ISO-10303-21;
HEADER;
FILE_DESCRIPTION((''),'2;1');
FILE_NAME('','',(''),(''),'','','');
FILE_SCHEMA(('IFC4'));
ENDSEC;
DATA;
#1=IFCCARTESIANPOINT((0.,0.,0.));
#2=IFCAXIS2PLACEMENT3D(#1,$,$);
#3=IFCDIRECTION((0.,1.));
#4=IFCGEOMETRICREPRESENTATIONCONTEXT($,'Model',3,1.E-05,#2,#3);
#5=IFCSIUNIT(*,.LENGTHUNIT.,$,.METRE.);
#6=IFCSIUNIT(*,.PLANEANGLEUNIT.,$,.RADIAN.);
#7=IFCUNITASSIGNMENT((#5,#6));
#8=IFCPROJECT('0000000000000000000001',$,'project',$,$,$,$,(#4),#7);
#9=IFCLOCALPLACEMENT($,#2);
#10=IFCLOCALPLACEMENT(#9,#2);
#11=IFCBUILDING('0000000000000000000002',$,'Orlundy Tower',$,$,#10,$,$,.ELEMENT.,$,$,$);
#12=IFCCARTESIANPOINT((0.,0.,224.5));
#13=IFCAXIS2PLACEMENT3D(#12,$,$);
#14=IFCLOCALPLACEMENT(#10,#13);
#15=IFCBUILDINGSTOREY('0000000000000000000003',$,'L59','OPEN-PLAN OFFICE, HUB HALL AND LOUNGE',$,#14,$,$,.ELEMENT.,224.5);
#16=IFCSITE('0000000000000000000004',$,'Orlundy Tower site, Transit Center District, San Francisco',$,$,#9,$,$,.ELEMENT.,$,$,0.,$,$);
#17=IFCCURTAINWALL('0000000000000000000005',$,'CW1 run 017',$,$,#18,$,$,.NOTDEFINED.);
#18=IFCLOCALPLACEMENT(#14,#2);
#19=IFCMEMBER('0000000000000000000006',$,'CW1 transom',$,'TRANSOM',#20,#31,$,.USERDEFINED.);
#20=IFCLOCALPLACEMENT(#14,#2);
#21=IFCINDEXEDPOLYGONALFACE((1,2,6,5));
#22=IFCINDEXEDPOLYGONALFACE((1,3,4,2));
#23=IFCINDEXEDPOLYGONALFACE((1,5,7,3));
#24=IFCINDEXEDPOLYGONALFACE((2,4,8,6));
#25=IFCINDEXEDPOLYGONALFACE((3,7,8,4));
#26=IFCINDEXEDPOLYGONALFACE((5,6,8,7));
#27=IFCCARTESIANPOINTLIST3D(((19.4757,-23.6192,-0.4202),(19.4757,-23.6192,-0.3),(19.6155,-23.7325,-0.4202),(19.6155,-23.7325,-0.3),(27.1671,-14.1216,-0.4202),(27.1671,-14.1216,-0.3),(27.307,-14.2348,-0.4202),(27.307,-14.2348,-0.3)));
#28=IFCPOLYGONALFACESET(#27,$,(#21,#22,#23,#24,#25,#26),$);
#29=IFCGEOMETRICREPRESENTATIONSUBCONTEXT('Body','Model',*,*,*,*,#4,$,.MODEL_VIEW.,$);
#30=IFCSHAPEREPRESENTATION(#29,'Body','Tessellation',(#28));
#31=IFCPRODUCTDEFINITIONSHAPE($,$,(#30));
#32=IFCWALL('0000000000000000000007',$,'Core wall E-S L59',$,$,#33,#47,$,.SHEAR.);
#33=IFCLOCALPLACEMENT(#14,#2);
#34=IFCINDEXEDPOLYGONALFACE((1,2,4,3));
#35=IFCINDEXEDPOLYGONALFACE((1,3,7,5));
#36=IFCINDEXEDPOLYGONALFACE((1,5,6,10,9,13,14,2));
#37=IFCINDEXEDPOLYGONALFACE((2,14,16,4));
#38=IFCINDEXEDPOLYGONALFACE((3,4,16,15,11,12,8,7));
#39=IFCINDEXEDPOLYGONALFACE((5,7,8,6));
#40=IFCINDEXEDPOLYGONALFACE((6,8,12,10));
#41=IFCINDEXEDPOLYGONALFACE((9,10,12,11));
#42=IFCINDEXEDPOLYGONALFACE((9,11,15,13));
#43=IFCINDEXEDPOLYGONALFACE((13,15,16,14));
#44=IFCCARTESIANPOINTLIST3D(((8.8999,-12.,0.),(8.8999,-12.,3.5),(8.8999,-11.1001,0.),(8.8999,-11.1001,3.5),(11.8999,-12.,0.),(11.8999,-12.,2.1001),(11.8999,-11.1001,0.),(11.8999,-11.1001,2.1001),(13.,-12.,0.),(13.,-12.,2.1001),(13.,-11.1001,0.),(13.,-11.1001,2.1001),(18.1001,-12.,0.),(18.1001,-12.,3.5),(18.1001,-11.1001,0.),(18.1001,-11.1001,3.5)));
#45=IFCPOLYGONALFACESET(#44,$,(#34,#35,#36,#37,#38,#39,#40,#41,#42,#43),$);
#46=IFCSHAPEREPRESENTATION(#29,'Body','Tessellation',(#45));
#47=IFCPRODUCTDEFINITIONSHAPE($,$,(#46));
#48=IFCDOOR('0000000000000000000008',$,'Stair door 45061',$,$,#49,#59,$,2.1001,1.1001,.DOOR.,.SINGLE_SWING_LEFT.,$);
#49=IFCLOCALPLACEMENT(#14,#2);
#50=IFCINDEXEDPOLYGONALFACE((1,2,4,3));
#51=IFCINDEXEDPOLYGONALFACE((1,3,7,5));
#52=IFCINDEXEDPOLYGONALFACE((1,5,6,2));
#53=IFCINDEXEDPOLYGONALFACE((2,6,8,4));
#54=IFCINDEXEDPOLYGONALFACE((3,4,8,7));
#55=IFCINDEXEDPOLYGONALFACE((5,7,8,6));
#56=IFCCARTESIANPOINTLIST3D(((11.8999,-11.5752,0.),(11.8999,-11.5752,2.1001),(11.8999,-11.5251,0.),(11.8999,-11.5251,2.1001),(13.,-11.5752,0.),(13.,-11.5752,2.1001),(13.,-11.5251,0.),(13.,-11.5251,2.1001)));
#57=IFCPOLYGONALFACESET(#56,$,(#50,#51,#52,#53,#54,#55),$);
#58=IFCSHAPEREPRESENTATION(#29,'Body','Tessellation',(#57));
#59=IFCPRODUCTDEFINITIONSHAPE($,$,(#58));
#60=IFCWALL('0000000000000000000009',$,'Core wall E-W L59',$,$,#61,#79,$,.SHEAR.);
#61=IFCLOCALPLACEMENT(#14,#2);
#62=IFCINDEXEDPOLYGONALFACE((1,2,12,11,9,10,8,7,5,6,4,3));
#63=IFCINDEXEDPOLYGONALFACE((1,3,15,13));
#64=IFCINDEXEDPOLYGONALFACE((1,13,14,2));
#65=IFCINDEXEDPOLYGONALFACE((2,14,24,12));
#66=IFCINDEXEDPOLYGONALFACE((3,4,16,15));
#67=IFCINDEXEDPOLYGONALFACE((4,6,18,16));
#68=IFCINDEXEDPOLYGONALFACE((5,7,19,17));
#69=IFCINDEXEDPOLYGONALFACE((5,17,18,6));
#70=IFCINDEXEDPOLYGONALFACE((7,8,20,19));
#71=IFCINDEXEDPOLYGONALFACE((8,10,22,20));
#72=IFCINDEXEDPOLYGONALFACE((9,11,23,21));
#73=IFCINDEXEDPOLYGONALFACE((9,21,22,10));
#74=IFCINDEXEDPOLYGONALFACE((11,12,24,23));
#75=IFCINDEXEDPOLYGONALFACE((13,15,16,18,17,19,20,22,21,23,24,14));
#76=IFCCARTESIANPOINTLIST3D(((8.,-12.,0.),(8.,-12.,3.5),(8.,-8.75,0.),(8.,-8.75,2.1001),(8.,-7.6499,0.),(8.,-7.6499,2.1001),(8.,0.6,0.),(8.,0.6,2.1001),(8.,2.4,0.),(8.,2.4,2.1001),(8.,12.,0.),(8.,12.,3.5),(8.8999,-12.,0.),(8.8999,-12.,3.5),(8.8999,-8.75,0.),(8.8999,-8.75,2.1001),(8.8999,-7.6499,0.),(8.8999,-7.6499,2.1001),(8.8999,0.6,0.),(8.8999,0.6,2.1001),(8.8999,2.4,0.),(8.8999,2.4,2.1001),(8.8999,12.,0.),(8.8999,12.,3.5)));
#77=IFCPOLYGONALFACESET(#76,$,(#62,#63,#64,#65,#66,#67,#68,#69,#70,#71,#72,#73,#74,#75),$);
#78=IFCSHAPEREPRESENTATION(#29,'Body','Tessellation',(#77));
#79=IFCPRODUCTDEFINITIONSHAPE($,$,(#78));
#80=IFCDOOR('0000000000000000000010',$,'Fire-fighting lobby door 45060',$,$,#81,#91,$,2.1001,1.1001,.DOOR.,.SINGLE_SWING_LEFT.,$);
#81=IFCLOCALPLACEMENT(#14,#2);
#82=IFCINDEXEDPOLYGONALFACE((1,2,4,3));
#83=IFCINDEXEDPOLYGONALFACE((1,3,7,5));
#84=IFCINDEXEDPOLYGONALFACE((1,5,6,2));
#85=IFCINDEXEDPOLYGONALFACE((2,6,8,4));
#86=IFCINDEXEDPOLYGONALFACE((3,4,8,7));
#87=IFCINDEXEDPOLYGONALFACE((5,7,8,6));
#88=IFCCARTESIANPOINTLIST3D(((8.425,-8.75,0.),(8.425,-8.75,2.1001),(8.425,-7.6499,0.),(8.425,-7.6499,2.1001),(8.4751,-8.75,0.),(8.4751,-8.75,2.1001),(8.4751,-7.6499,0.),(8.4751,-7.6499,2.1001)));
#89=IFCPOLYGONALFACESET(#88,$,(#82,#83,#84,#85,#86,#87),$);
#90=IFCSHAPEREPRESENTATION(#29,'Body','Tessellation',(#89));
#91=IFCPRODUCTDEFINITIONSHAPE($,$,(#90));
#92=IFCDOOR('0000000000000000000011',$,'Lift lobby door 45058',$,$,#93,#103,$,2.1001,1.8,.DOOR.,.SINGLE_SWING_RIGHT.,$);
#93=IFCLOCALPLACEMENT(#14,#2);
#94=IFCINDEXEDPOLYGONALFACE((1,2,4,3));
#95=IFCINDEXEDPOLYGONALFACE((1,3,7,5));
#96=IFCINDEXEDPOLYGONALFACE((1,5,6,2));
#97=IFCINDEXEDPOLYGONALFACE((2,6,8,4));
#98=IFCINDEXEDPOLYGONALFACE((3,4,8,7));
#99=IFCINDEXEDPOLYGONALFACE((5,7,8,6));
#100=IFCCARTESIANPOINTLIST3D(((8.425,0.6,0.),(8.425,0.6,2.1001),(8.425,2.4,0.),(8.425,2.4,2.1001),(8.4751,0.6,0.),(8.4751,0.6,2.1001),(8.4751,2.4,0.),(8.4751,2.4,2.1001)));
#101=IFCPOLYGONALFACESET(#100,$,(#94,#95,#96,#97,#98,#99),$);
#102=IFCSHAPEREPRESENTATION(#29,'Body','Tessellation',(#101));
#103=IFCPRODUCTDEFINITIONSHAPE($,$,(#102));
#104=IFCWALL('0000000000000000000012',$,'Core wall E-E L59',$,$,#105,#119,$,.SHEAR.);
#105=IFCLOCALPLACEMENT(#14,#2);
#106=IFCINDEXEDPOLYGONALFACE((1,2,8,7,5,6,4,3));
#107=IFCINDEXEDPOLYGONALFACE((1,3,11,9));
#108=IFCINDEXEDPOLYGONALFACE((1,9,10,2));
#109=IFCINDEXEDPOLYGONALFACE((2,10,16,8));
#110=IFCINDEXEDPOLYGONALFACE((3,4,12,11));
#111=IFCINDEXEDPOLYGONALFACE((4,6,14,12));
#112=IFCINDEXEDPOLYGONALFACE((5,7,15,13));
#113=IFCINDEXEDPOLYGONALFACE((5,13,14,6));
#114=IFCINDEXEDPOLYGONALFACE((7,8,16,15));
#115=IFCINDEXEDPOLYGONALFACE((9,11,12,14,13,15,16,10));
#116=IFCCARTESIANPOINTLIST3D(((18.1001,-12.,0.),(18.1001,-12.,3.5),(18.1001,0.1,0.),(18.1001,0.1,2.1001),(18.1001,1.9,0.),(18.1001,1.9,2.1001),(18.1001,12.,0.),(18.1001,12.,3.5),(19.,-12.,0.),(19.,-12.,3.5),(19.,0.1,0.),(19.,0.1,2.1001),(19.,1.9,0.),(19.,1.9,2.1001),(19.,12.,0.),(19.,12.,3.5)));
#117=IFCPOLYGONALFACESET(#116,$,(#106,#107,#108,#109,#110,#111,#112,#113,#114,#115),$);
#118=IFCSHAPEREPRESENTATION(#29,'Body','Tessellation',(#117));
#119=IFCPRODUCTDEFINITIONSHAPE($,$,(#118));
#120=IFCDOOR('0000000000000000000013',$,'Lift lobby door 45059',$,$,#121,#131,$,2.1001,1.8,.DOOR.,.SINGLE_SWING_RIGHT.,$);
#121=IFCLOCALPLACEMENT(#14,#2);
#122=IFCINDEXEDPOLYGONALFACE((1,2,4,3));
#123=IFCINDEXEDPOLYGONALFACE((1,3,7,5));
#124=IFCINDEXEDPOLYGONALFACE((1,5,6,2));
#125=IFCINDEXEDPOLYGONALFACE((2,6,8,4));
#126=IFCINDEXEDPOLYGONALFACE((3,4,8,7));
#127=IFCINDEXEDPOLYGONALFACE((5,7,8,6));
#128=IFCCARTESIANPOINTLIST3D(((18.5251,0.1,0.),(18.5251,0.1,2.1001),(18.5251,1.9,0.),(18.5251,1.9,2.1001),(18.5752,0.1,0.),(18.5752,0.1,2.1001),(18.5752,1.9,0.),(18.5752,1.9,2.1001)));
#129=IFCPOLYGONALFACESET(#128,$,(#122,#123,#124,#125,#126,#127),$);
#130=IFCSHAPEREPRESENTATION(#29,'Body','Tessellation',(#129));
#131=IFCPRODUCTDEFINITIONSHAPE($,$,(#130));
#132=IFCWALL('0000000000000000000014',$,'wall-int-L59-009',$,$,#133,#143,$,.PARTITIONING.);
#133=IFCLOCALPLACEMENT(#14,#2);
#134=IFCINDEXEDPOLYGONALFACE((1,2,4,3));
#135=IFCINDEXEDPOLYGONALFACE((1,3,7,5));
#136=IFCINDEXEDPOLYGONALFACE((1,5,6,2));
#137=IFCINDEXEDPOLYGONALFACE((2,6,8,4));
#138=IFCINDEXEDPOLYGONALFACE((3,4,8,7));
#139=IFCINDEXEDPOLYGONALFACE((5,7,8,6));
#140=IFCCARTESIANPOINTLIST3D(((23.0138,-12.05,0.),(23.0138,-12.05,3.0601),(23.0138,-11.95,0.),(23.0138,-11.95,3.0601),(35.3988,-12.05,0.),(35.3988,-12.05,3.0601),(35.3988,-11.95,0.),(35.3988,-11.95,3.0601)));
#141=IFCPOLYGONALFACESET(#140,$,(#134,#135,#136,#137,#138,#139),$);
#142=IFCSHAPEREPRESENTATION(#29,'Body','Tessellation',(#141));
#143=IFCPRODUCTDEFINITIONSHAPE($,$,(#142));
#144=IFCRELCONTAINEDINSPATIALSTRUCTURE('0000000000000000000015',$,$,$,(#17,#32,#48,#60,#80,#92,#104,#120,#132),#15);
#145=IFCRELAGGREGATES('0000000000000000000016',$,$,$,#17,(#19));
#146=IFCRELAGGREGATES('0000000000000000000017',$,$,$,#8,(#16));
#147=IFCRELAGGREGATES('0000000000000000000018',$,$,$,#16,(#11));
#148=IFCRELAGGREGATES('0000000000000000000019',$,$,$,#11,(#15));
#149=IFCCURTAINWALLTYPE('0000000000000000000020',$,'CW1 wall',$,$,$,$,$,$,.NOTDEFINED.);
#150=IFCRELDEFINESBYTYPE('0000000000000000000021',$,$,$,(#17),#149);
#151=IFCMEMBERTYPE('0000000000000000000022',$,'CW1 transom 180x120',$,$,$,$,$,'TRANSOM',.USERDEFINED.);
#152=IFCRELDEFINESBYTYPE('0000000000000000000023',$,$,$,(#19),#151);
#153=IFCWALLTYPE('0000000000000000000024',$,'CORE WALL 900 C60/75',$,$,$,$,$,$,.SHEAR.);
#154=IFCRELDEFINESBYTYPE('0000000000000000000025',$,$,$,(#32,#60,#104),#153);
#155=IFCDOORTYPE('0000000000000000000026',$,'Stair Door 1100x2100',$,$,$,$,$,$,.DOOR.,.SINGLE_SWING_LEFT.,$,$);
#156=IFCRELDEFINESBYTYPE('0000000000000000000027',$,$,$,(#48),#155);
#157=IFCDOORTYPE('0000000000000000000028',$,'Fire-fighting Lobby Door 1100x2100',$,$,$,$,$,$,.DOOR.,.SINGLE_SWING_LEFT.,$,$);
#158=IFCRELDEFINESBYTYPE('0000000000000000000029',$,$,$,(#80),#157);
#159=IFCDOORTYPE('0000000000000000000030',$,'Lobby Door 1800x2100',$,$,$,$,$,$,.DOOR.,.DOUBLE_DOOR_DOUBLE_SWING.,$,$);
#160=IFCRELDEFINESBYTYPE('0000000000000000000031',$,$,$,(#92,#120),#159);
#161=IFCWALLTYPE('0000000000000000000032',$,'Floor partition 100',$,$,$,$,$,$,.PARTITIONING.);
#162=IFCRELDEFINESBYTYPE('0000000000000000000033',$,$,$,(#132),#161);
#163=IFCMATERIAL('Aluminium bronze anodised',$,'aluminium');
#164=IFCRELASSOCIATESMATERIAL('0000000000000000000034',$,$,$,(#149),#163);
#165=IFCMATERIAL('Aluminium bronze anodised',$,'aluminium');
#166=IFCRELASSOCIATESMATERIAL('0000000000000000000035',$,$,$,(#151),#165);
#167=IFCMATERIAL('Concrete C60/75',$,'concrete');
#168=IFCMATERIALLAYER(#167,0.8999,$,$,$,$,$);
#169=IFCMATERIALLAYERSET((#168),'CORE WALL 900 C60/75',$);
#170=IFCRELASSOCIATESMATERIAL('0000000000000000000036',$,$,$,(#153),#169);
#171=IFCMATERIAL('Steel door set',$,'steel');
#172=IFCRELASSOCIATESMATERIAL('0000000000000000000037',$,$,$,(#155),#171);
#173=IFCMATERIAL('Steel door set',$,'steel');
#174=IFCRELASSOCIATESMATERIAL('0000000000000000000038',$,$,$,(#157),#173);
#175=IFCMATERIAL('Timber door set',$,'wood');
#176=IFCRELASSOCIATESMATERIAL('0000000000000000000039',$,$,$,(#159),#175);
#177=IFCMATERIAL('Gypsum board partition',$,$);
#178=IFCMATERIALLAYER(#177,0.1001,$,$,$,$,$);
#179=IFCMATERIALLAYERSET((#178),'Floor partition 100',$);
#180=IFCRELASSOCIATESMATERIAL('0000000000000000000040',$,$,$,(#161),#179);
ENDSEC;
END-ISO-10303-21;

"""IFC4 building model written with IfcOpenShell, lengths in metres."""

from ifc_helpers import new_model, si_unit, direction, frame, frame_2d, origin, origin_2d, place, context, subcontext, project, spatial, rectangle, extrude, material, layer, layer_set, material_profile, profile_set, type_object, element, fill, aggregate, save


model = new_model("IFC4")

# Units and contexts
model_context = context("Model", 3, precision=1e-05, world=origin(), true_north=direction((0.0, 1.0)))
body_context = subcontext(model_context, "Body", "Model", "MODEL_VIEW")
ifc_project = project(units=[si_unit("LENGTHUNIT", "METRE"), si_unit("PLANEANGLEUNIT", "RADIAN")], contexts=[model_context])

# Site, building, storey
site_placement = place(None, origin())
site = spatial("IfcSite", under=ifc_project, at=site_placement, Name="Orlundy Tower site, Transit Center District, San Francisco", CompositionType="ELEMENT", RefElevation=0.0)
building_placement = place(site_placement, origin())
building = spatial("IfcBuilding", under=site, at=building_placement, Name="Orlundy Tower", CompositionType="ELEMENT")
storey_placement = place(building_placement, frame((0.0, 0.0, 224.5)))
storey = spatial("IfcBuildingStorey", under=building, at=storey_placement, Name="L59", Description="OPEN-PLAN OFFICE, HUB HALL AND LOUNGE", CompositionType="ELEMENT", Elevation=224.5)

# Curtain wall, member
ifc_material_1 = material(Name="Aluminium bronze anodised", Category="aluminium")
curtain_wall_type = type_object("IfcCurtainWallType", Name="CW1 wall", PredefinedType="NOTDEFINED", material=ifc_material_1)
curtain_wall_placement = place(storey_placement, origin())
curtain_wall = element("IfcCurtainWall", 1, at=curtain_wall_placement, inside=storey, type_object=curtain_wall_type, Name="CW1 run 017", PredefinedType="NOTDEFINED")
ifc_material_2 = material(Name="Aluminium bronze anodised", Category="aluminium")
ifc_material_profile = material_profile(ifc_material_2, rectangle(XDim=0.1799, YDim=0.1201, at=origin_2d()), Name="CW1 transom 180x120")
ifc_profile_set = profile_set([ifc_material_profile], Name="Aluminium bronze anodised")
member_type = type_object("IfcMemberType", Name="CW1 transom 180x120", ElementType="TRANSOM", PredefinedType="USERDEFINED", material=ifc_profile_set)
member_placement = place(storey_placement, frame((27.2371, -14.1782, -0.3601), z_axis=(-0.629342, -0.777129, 0.0), x_axis=(0.777129, -0.629342, 0.0)))
member = element("IfcMember", 2, at=member_placement, type_object=member_type, Name="CW1 transom", ObjectType="TRANSOM", PredefinedType="USERDEFINED", context=body_context, shape_type="SweptSolid", body=[
    extrude(rectangle(XDim=0.1799, YDim=0.1201, at=origin_2d()), origin(), (0.0, 0.0, 1.0), 12.2214),
])
aggregate(curtain_wall, [member])

# Wall, opening, door
ifc_material_3 = material(Name="Concrete C60/75", Category="concrete")
ifc_layer_1 = layer(ifc_material_3, 0.8999)
ifc_layer_set_1 = layer_set([ifc_layer_1], Name="CORE WALL 900 C60/75")
wall_type_1 = type_object("IfcWallType", Name="CORE WALL 900 C60/75", PredefinedType="SHEAR", material=ifc_layer_set_1)
wall_1_placement = place(storey_placement, frame((8.8999, -11.55, 0.0), z_axis=(0.0, 0.0, 1.0), x_axis=(1.0, 0.0, 0.0)))
wall_1 = element("IfcWall", 3, at=wall_1_placement, inside=storey, type_object=wall_type_1, Name="Core wall E-S L59", PredefinedType="SHEAR", context=body_context, shape_type="SweptSolid", body=[
    extrude(rectangle(XDim=9.2002, YDim=0.8999, at=frame_2d((4.6001, 0.0))), origin(), (0.0, 0.0, 1.0), 3.5),
])
opening_1_placement = place(wall_1_placement, frame((3.0, 0.0, 0.0)))
opening_1 = element("IfcOpeningElement", 4, at=opening_1_placement, cuts=wall_1, PredefinedType="OPENING", context=body_context, shape_type="SweptSolid", body=[
    extrude(rectangle(XDim=1.1001, YDim=2.1001, at=frame_2d((0.55, 1.05))), frame((0.0, 0.46, 0.0), z_axis=(0.0, -1.0, 0.0), x_axis=(1.0, 0.0, 0.0)), (0.0, 0.0, 1.0), 0.9199),
])
ifc_material_4 = material(Name="Steel door set", Category="steel")
door_type_1 = type_object("IfcDoorType", Name="Stair Door 1100x2100", OperationType="SINGLE_SWING_LEFT", PredefinedType="DOOR", material=ifc_material_4)
door_1_placement = place(opening_1_placement, origin())
door_1 = element("IfcDoor", 5, at=door_1_placement, inside=storey, type_object=door_type_1, Name="Stair door 45061", OperationType="SINGLE_SWING_LEFT", OverallHeight=2.1001, OverallWidth=1.1001, PredefinedType="DOOR", context=body_context, shape_type="SweptSolid", body=[
    extrude(rectangle(XDim=1.1001, YDim=2.1001, at=frame_2d((0.55, 1.05))), frame((0.0, 0.0249, 0.0), z_axis=(0.0, -1.0, 0.0), x_axis=(1.0, 0.0, 0.0)), (0.0, 0.0, 1.0), 0.05),
])
fill(opening_1, door_1)

# Wall, openings, doors
wall_2_placement = place(storey_placement, frame((8.45, -12.0, 0.0), z_axis=(0.0, 0.0, 1.0), x_axis=(0.0, 1.0, 0.0)))
wall_2 = element("IfcWall", 6, at=wall_2_placement, inside=storey, type_object=wall_type_1, Name="Core wall E-W L59", PredefinedType="SHEAR", context=body_context, shape_type="SweptSolid", body=[
    extrude(rectangle(XDim=24.0, YDim=0.8999, at=frame_2d((12.0, 0.0))), origin(), (0.0, 0.0, 1.0), 3.5),
])
opening_2_placement = place(wall_2_placement, frame((12.6001, 0.0, 0.0)))
opening_2 = element("IfcOpeningElement", 7, at=opening_2_placement, cuts=wall_2, PredefinedType="OPENING", context=body_context, shape_type="SweptSolid", body=[
    extrude(rectangle(XDim=1.8, YDim=2.1001, at=frame_2d((0.8999, 1.05))), frame((0.0, 0.46, 0.0), z_axis=(0.0, -1.0, 0.0), x_axis=(1.0, 0.0, 0.0)), (0.0, 0.0, 1.0), 0.9199),
])
opening_3_placement = place(wall_2_placement, frame((3.25, 0.0, 0.0)))
opening_3 = element("IfcOpeningElement", 8, at=opening_3_placement, cuts=wall_2, PredefinedType="OPENING", context=body_context, shape_type="SweptSolid", body=[
    extrude(rectangle(XDim=1.1001, YDim=2.1001, at=frame_2d((0.55, 1.05))), frame((0.0, 0.46, 0.0), z_axis=(0.0, -1.0, 0.0), x_axis=(1.0, 0.0, 0.0)), (0.0, 0.0, 1.0), 0.9199),
])
ifc_material_5 = material(Name="Steel door set", Category="steel")
door_type_2 = type_object("IfcDoorType", Name="Fire-fighting Lobby Door 1100x2100", OperationType="SINGLE_SWING_LEFT", PredefinedType="DOOR", material=ifc_material_5)
door_2_placement = place(opening_3_placement, origin())
door_2 = element("IfcDoor", 9, at=door_2_placement, inside=storey, type_object=door_type_2, Name="Fire-fighting lobby door 45060", OperationType="SINGLE_SWING_LEFT", OverallHeight=2.1001, OverallWidth=1.1001, PredefinedType="DOOR", context=body_context, shape_type="SweptSolid", body=[
    extrude(rectangle(XDim=1.1001, YDim=2.1001, at=frame_2d((0.55, 1.05))), frame((0.0, 0.0249, 0.0), z_axis=(0.0, -1.0, 0.0), x_axis=(1.0, 0.0, 0.0)), (0.0, 0.0, 1.0), 0.05),
])
fill(opening_3, door_2)
ifc_material_6 = material(Name="Timber door set", Category="wood")
door_type_3 = type_object("IfcDoorType", Name="Lobby Door 1800x2100", OperationType="DOUBLE_DOOR_DOUBLE_SWING", PredefinedType="DOOR", material=ifc_material_6)
door_3_placement = place(opening_2_placement, origin())
door_3 = element("IfcDoor", 10, at=door_3_placement, inside=storey, type_object=door_type_3, Name="Lift lobby door 45058", OperationType="SINGLE_SWING_RIGHT", OverallHeight=2.1001, OverallWidth=1.8, PredefinedType="DOOR", context=body_context, shape_type="SweptSolid", body=[
    extrude(rectangle(XDim=1.8, YDim=2.1001, at=frame_2d((0.8999, 1.05))), frame((0.0, 0.0249, 0.0), z_axis=(0.0, -1.0, 0.0), x_axis=(1.0, 0.0, 0.0)), (0.0, 0.0, 1.0), 0.05),
])
fill(opening_2, door_3)

# Wall, opening, door
wall_3_placement = place(storey_placement, frame((18.55, -12.0, 0.0), z_axis=(0.0, 0.0, 1.0), x_axis=(0.0, 1.0, 0.0)))
wall_3 = element("IfcWall", 11, at=wall_3_placement, inside=storey, type_object=wall_type_1, Name="Core wall E-E L59", PredefinedType="SHEAR", context=body_context, shape_type="SweptSolid", body=[
    extrude(rectangle(XDim=24.0, YDim=0.8999, at=frame_2d((12.0, 0.0))), origin(), (0.0, 0.0, 1.0), 3.5),
])
opening_4_placement = place(wall_3_placement, frame((12.1001, 0.0, 0.0)))
opening_4 = element("IfcOpeningElement", 12, at=opening_4_placement, cuts=wall_3, PredefinedType="OPENING", context=body_context, shape_type="SweptSolid", body=[
    extrude(rectangle(XDim=1.8, YDim=2.1001, at=frame_2d((0.8999, 1.05))), frame((0.0, 0.46, 0.0), z_axis=(0.0, -1.0, 0.0), x_axis=(1.0, 0.0, 0.0)), (0.0, 0.0, 1.0), 0.9199),
])
door_4_placement = place(opening_4_placement, origin())
door_4 = element("IfcDoor", 13, at=door_4_placement, inside=storey, type_object=door_type_3, Name="Lift lobby door 45059", OperationType="SINGLE_SWING_RIGHT", OverallHeight=2.1001, OverallWidth=1.8, PredefinedType="DOOR", context=body_context, shape_type="SweptSolid", body=[
    extrude(rectangle(XDim=1.8, YDim=2.1001, at=frame_2d((0.8999, 1.05))), frame((0.0, 0.0249, 0.0), z_axis=(0.0, -1.0, 0.0), x_axis=(1.0, 0.0, 0.0)), (0.0, 0.0, 1.0), 0.05),
])
fill(opening_4, door_4)

# Wall
ifc_material_7 = material(Name="Gypsum board partition")
ifc_layer_2 = layer(ifc_material_7, 0.1001)
ifc_layer_set_2 = layer_set([ifc_layer_2], Name="Floor partition 100")
wall_type_2 = type_object("IfcWallType", Name="Floor partition 100", PredefinedType="PARTITIONING", material=ifc_layer_set_2)
wall_4_placement = place(storey_placement, frame((23.0139, -12.0, 0.0), z_axis=(0.0, 0.0, 1.0), x_axis=(1.0, 0.0, 0.0)))
element("IfcWall", 14, at=wall_4_placement, inside=storey, type_object=wall_type_2, Name="wall-int-L59-009", PredefinedType="PARTITIONING", context=body_context, shape_type="SweptSolid", body=[
    extrude(rectangle(XDim=12.385, YDim=0.1001, at=frame_2d((6.1924, 0.0))), origin(), (0.0, 0.0, 1.0), 3.0601),
])

save(model, "model.ifc")
